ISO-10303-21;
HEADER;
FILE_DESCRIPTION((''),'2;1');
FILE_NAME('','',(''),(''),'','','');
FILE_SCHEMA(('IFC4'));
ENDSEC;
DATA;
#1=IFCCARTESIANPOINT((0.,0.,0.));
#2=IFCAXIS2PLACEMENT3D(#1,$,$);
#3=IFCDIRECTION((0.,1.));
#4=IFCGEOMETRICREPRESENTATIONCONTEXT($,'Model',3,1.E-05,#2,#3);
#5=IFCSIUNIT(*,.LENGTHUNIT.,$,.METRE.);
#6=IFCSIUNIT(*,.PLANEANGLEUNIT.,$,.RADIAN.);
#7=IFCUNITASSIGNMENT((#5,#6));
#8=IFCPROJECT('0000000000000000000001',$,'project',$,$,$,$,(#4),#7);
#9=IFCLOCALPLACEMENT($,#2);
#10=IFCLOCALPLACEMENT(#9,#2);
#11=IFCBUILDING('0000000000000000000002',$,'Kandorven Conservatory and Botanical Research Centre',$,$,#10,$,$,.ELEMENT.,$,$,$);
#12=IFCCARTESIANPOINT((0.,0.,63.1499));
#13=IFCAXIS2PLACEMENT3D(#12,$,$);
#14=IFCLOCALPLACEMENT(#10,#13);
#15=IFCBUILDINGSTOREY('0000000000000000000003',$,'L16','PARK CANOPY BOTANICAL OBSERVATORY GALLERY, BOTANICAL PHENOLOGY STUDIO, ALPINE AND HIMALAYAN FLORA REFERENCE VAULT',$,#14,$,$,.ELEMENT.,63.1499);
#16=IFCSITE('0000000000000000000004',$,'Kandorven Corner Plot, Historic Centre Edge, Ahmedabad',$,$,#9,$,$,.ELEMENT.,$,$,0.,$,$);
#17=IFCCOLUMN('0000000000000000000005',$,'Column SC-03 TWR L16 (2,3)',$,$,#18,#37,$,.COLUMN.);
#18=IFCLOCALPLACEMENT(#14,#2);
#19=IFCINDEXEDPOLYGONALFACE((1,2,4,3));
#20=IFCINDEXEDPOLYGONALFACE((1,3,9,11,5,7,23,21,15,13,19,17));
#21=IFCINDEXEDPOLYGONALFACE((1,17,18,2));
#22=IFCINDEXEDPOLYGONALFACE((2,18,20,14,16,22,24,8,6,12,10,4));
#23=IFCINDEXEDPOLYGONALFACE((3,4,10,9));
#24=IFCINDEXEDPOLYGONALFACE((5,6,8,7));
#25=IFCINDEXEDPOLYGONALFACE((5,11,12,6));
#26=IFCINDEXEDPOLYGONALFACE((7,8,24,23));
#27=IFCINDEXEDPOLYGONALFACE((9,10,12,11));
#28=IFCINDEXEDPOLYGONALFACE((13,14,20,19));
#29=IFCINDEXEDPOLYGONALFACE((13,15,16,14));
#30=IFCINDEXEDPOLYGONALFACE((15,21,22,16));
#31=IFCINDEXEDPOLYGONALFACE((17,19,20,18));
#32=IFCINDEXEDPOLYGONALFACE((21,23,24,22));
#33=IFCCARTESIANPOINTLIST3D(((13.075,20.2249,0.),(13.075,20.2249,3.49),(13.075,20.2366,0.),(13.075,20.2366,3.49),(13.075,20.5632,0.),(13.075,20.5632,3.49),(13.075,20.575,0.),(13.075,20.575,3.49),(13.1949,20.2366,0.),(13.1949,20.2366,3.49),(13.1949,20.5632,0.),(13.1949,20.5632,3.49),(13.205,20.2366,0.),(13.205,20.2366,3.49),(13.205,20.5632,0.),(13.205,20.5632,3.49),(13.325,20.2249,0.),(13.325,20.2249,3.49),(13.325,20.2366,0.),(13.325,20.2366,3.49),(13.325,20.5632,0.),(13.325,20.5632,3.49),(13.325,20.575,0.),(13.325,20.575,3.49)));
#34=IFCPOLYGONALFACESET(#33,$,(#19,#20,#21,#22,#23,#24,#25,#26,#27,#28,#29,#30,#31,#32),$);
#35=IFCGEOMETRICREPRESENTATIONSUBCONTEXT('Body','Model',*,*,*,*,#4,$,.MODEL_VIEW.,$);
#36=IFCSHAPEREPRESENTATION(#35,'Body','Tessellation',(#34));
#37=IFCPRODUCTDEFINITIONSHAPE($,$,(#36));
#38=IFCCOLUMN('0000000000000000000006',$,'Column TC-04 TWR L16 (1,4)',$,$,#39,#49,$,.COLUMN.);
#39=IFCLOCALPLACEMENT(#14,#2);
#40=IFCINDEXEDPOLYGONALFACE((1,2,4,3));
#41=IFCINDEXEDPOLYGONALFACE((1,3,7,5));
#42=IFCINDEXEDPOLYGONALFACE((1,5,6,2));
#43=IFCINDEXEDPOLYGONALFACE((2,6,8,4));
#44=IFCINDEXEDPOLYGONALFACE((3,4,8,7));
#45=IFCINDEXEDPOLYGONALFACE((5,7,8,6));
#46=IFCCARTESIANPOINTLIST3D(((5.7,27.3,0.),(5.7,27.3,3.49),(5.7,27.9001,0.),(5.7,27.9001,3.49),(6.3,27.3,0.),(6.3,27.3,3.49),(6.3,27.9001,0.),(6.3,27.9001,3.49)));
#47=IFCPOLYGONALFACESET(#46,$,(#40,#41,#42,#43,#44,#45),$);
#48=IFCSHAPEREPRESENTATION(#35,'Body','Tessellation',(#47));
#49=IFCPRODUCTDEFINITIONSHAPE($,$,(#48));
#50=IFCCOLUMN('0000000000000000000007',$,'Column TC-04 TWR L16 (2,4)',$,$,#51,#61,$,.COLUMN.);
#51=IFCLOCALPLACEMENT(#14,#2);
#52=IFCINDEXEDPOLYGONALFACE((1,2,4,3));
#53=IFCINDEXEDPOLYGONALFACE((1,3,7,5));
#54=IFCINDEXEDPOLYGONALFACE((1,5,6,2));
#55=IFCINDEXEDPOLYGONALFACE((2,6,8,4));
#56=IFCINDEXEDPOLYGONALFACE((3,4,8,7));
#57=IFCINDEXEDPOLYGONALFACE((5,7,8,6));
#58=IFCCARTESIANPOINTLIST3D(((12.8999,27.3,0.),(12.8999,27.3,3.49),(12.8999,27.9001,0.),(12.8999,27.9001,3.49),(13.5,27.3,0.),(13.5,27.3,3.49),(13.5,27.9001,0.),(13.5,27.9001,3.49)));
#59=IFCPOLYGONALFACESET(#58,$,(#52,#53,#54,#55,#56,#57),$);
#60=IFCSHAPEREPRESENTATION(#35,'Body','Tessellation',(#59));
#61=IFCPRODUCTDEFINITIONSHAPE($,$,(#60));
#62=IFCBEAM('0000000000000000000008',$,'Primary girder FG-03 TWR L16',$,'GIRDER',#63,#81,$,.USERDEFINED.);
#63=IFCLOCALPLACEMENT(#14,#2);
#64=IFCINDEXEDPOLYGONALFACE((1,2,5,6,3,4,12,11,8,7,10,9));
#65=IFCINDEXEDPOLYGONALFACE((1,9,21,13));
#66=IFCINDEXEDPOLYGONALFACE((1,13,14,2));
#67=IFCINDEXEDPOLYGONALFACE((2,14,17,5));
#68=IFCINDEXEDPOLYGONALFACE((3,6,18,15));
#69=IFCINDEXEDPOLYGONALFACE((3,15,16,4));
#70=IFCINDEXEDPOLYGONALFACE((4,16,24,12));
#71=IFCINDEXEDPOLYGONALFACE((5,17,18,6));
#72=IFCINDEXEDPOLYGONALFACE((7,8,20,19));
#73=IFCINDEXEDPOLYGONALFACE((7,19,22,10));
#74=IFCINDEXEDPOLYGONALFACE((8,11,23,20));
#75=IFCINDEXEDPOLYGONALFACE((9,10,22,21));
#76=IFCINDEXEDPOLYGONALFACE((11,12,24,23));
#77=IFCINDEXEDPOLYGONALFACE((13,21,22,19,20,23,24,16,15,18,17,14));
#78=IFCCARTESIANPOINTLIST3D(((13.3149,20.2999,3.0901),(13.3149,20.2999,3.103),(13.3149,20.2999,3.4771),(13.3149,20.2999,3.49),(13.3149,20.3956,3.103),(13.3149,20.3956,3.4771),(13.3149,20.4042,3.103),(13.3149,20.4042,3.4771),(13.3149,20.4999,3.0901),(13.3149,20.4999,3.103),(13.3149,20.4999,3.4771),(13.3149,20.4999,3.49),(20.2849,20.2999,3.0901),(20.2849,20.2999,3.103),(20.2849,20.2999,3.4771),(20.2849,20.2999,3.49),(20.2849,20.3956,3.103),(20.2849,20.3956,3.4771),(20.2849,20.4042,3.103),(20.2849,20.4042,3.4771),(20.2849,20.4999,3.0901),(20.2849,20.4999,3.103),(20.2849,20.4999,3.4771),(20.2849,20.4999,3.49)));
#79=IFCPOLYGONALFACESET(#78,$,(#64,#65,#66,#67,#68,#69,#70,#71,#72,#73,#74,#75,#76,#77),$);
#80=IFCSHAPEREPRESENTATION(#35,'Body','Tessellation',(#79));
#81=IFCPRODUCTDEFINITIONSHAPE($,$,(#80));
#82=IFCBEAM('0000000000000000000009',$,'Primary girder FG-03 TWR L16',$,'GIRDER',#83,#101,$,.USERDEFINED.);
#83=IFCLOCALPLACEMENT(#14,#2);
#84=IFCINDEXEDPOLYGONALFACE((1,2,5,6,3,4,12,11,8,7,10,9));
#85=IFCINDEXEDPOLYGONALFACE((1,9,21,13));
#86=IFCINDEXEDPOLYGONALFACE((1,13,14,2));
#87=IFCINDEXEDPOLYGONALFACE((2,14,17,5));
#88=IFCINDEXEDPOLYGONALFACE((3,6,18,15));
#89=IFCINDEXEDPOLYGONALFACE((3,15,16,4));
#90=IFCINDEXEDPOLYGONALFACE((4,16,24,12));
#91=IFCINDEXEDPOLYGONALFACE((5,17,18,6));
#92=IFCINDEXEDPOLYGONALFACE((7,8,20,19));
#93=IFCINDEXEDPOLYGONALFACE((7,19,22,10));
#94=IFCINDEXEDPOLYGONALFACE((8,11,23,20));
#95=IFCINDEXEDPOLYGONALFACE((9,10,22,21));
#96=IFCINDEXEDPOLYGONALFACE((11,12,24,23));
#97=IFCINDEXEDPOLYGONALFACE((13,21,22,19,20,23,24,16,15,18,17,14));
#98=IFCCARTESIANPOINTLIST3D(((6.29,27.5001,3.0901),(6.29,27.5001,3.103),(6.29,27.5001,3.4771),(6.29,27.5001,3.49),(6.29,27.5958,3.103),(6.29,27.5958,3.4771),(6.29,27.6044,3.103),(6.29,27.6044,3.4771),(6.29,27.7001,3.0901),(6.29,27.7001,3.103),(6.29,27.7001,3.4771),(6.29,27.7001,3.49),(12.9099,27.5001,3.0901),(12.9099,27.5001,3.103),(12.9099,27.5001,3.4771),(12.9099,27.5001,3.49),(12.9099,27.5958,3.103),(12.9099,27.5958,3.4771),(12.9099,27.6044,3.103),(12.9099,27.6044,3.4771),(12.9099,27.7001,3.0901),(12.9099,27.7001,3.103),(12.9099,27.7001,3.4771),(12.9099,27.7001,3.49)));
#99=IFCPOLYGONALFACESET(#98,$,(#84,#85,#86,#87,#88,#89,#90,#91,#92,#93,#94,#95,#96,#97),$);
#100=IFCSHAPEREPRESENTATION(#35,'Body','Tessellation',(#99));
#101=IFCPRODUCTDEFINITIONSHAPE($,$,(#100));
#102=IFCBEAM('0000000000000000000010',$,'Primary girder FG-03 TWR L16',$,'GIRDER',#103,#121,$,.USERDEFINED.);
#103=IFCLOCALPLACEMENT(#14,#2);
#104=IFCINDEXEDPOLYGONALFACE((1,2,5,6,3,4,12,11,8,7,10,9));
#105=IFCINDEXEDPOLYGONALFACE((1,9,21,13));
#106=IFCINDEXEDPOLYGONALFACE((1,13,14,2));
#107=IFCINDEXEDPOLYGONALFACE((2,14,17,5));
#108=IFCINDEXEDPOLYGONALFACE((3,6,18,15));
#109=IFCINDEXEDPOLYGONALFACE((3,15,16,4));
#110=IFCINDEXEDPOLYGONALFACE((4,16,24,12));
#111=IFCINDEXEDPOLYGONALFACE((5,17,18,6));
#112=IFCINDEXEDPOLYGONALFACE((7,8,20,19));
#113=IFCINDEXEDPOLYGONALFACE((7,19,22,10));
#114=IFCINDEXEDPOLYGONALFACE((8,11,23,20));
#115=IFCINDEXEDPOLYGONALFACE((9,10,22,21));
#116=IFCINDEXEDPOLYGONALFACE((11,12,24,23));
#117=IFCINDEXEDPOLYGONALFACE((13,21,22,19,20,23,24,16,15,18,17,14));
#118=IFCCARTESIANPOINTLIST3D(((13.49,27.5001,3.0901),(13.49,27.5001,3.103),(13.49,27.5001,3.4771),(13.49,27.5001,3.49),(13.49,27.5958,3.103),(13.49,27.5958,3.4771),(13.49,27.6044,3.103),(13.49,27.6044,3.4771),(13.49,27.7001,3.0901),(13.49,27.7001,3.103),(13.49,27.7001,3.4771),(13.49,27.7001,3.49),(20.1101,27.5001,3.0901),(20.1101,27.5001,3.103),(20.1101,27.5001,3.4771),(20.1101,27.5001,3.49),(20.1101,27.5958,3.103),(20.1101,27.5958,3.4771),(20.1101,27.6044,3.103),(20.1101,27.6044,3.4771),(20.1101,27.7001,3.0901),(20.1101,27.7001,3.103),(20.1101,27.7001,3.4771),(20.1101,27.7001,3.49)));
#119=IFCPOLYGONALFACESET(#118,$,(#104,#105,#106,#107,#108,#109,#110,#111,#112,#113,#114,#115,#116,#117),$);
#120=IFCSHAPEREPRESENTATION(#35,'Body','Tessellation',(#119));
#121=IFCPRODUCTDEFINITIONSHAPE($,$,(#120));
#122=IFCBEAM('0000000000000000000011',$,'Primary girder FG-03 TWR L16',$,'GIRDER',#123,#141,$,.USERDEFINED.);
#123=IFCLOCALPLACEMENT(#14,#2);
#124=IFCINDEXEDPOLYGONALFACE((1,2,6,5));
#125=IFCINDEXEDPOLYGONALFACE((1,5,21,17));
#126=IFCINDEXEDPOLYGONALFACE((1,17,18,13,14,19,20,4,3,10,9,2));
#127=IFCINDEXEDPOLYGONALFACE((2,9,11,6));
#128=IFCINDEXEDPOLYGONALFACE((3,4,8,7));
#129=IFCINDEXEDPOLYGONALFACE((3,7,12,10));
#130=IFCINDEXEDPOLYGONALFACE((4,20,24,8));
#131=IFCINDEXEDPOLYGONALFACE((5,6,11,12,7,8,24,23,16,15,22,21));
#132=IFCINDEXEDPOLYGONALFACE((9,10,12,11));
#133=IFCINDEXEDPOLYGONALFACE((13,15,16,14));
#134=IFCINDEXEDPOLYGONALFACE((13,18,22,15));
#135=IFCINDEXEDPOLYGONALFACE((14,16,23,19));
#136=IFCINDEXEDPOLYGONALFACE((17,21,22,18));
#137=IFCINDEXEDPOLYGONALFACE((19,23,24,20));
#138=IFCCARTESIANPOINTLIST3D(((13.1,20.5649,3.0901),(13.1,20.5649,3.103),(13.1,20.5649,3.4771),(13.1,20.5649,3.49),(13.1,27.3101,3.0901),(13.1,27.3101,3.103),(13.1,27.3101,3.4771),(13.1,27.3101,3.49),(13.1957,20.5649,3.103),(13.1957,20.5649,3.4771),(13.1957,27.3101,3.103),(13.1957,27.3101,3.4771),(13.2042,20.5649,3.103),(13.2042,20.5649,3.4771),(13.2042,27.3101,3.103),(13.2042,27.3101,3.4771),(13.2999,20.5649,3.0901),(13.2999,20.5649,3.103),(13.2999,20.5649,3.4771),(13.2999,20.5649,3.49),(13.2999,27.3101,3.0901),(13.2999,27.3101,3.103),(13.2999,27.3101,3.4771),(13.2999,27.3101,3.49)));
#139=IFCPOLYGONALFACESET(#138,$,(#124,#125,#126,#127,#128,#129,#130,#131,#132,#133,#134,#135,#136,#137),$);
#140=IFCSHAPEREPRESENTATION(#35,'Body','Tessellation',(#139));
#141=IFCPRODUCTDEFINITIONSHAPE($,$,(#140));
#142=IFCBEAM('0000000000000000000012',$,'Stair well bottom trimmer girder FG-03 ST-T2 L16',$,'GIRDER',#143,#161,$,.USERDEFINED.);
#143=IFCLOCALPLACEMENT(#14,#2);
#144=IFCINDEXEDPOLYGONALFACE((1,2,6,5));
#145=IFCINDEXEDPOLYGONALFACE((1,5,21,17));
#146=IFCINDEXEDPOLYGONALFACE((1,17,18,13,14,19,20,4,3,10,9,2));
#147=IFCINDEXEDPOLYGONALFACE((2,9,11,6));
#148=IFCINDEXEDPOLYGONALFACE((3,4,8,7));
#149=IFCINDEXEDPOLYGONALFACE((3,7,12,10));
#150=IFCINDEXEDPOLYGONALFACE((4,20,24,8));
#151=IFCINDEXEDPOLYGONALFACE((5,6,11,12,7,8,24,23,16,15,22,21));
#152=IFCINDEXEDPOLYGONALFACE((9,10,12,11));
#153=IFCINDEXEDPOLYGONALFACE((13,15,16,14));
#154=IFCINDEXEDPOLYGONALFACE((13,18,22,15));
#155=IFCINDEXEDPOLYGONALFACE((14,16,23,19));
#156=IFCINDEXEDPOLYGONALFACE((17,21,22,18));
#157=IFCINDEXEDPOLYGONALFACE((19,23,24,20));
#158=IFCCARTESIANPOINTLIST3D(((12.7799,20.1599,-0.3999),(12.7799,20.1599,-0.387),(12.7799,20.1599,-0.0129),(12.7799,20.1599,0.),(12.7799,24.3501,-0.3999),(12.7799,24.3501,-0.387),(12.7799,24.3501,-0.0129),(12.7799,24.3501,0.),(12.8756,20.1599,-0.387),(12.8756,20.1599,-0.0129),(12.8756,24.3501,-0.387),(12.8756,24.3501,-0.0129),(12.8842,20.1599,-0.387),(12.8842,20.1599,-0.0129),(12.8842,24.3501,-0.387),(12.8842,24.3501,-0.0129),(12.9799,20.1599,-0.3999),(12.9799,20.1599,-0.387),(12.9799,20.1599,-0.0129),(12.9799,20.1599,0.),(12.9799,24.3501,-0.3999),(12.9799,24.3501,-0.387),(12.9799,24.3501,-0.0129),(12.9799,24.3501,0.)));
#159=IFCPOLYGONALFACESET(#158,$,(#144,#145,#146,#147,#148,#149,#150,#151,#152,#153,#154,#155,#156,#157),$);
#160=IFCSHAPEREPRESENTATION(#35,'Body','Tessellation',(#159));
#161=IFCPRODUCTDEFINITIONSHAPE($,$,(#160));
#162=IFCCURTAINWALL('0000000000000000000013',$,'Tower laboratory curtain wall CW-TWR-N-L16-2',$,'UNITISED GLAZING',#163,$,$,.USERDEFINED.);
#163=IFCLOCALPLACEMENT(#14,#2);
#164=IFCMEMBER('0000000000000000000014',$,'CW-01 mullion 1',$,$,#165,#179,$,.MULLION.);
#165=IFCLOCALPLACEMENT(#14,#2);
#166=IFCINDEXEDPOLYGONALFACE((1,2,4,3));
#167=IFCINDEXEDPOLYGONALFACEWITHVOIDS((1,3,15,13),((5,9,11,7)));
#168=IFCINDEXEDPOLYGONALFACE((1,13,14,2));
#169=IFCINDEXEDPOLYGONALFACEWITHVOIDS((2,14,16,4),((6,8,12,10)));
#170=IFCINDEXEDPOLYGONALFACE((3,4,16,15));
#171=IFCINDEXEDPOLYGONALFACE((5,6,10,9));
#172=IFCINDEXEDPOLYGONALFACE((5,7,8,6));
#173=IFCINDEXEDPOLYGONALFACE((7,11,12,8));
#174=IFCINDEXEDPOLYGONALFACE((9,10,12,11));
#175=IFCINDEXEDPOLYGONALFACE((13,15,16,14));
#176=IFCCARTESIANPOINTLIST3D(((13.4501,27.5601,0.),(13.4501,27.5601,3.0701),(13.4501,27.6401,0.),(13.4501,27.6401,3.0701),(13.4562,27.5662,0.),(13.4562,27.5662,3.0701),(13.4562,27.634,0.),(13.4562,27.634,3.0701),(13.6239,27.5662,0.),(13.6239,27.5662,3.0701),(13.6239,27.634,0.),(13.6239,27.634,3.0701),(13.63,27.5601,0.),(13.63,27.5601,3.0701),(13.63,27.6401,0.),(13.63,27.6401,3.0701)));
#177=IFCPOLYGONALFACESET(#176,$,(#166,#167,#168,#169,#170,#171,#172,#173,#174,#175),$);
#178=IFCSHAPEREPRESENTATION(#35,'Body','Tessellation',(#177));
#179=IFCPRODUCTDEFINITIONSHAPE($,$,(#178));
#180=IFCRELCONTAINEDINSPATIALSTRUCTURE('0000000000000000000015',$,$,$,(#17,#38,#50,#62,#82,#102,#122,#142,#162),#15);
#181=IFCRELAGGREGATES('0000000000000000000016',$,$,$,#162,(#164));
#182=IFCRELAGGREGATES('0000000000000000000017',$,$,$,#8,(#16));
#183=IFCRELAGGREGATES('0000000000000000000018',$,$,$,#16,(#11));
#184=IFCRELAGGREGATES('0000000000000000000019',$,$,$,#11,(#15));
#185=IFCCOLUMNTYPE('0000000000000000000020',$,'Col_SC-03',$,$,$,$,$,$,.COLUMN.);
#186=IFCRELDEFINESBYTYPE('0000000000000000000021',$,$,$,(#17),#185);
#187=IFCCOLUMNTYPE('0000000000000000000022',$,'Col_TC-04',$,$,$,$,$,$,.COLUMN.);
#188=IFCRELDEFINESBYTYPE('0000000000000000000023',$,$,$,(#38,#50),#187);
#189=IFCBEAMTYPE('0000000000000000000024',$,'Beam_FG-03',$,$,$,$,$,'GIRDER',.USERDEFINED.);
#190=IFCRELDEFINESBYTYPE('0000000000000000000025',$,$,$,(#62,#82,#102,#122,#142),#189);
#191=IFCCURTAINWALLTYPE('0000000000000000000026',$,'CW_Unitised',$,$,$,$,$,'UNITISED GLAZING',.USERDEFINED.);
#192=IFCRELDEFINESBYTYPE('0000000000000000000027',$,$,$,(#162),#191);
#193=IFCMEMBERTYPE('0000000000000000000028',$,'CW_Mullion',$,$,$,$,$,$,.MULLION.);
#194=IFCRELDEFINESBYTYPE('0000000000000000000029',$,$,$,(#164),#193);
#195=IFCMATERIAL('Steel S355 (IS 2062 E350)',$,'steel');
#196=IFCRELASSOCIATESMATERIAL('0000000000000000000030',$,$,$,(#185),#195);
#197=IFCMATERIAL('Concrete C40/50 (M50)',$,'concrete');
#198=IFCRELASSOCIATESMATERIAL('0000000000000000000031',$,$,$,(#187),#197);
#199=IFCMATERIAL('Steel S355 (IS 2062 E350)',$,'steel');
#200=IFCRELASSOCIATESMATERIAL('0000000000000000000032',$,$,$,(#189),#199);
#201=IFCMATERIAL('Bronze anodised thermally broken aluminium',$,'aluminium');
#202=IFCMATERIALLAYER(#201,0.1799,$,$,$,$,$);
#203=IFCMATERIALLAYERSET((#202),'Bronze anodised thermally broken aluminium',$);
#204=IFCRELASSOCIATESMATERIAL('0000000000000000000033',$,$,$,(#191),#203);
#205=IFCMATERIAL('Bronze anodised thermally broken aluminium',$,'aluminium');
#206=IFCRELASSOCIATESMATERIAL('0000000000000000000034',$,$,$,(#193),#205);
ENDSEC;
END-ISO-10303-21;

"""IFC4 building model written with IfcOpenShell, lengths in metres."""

from ifc_helpers import new_model, si_unit, direction, frame, origin, origin_2d, place, context, subcontext, project, spatial, rectangle, hollow_rectangle, i_section, extrude, material, layer, layer_set, material_profile, profile_set, type_object, element, aggregate, save


model = new_model("IFC4")

# Units and contexts
model_context = context("Model", 3, precision=1e-05, world=origin(), true_north=direction((0.0, 1.0)))
body_context = subcontext(model_context, "Body", "Model", "MODEL_VIEW")
ifc_project = project(units=[si_unit("LENGTHUNIT", "METRE"), si_unit("PLANEANGLEUNIT", "RADIAN")], contexts=[model_context])

# Site, building, storey
site_placement = place(None, origin())
site = spatial("IfcSite", under=ifc_project, at=site_placement, Name="Kandorven Corner Plot, Historic Centre Edge, Ahmedabad", CompositionType="ELEMENT", RefElevation=0.0)
building_placement = place(site_placement, origin())
building = spatial("IfcBuilding", under=site, at=building_placement, Name="Kandorven Conservatory and Botanical Research Centre", CompositionType="ELEMENT")
storey_placement = place(building_placement, frame((0.0, 0.0, 63.1499)))
storey = spatial("IfcBuildingStorey", under=building, at=storey_placement, Name="L16", Description="PARK CANOPY BOTANICAL OBSERVATORY GALLERY, BOTANICAL PHENOLOGY STUDIO, ALPINE AND HIMALAYAN FLORA REFERENCE VAULT", CompositionType="ELEMENT", Elevation=63.1499)

# Columns
ifc_material_1 = material(Name="Steel S355 (IS 2062 E350)", Category="steel")
ifc_material_profile_1 = material_profile(ifc_material_1, i_section(OverallWidth=0.25, OverallDepth=0.3501, WebThickness=0.01, FlangeThickness=0.0117, at=origin_2d()))
ifc_profile_set_1 = profile_set([ifc_material_profile_1], Name="Steel S355 (IS 2062 E350)")
column_type_1 = type_object("IfcColumnType", Name="Col_SC-03", PredefinedType="COLUMN", material=ifc_profile_set_1)
column_placement = place(storey_placement, frame((13.2, 20.3999, 0.0), z_axis=(0.0, 0.0, 1.0), x_axis=(1.0, 0.0, 0.0)))
element("IfcColumn", 1, at=column_placement, inside=storey, type_object=column_type_1, Name="Column SC-03 TWR L16 (2,3)", PredefinedType="COLUMN", context=body_context, shape_type="SweptSolid", body=[
    extrude(i_section(OverallWidth=0.25, OverallDepth=0.3501, WebThickness=0.01, FlangeThickness=0.0117, at=origin_2d()), origin(), (0.0, 0.0, 1.0), 3.49),
])
ifc_material_2 = material(Name="Concrete C40/50 (M50)", Category="concrete")
ifc_material_profile_2 = material_profile(ifc_material_2, rectangle(XDim=0.6001, YDim=0.6001, at=origin_2d()))
ifc_profile_set_2 = profile_set([ifc_material_profile_2], Name="Concrete C40/50 (M50)")
column_type_2 = type_object("IfcColumnType", Name="Col_TC-04", PredefinedType="COLUMN", material=ifc_profile_set_2)
for number, where, z_axis, x_axis, name in (
    (2, (6.0, 27.6001, 0.0), (0.0, 0.0, 1.0), (1.0, 0.0, 0.0), "Column TC-04 TWR L16 (1,4)"),
    (3, (13.2, 27.6001, 0.0), (0.0, 0.0, 1.0), (1.0, 0.0, 0.0), "Column TC-04 TWR L16 (2,4)"),
):
    element("IfcColumn", number, at=place(storey_placement, frame(where, z_axis=z_axis, x_axis=x_axis)), inside=storey, type_object=column_type_2, Name=name, PredefinedType="COLUMN", context=body_context, shape_type="SweptSolid", body=[
        extrude(rectangle(XDim=0.6001, YDim=0.6001, at=origin_2d()), origin(), (0.0, 0.0, 1.0), 3.49),
    ])

# Beams
ifc_material_3 = material(Name="Steel S355 (IS 2062 E350)", Category="steel")
ifc_material_profile_3 = material_profile(ifc_material_3, i_section(OverallWidth=0.2, OverallDepth=0.3999, WebThickness=0.0085, FlangeThickness=0.0129, at=origin_2d()))
ifc_profile_set_3 = profile_set([ifc_material_profile_3], Name="Steel S355 (IS 2062 E350)")
beam_type = type_object("IfcBeamType", Name="Beam_FG-03", ElementType="GIRDER", PredefinedType="USERDEFINED", material=ifc_profile_set_3)
beam_1_placement = place(storey_placement, frame((13.3149, 20.3999, 3.29), z_axis=(1.0, 0.0, 0.0), x_axis=(0.0, 1.0, 0.0)))
element("IfcBeam", 4, at=beam_1_placement, inside=storey, type_object=beam_type, Name="Primary girder FG-03 TWR L16", ObjectType="GIRDER", PredefinedType="USERDEFINED", context=body_context, shape_type="SweptSolid", body=[
    extrude(i_section(OverallWidth=0.2, OverallDepth=0.3999, WebThickness=0.0085, FlangeThickness=0.0129, at=origin_2d()), origin(), (0.0, 0.0, 1.0), 6.97),
])
beam_2_placement = place(storey_placement, frame((6.29, 27.6001, 3.29), z_axis=(1.0, 0.0, 0.0), x_axis=(0.0, 1.0, 0.0)))
element("IfcBeam", 5, at=beam_2_placement, inside=storey, type_object=beam_type, Name="Primary girder FG-03 TWR L16", ObjectType="GIRDER", PredefinedType="USERDEFINED", context=body_context, shape_type="SweptSolid", body=[
    extrude(i_section(OverallWidth=0.2, OverallDepth=0.3999, WebThickness=0.0085, FlangeThickness=0.0129, at=origin_2d()), origin(), (0.0, 0.0, 1.0), 6.6199),
])
beam_3_placement = place(storey_placement, frame((13.49, 27.6001, 3.29), z_axis=(1.0, 0.0, 0.0), x_axis=(0.0, 1.0, 0.0)))
element("IfcBeam", 6, at=beam_3_placement, inside=storey, type_object=beam_type, Name="Primary girder FG-03 TWR L16", ObjectType="GIRDER", PredefinedType="USERDEFINED", context=body_context, shape_type="SweptSolid", body=[
    extrude(i_section(OverallWidth=0.2, OverallDepth=0.3999, WebThickness=0.0085, FlangeThickness=0.0129, at=origin_2d()), origin(), (0.0, 0.0, 1.0), 6.6201),
])
beam_4_placement = place(storey_placement, frame((13.2, 20.5649, 3.29), z_axis=(0.0, 1.0, 0.0), x_axis=(-1.0, 0.0, 0.0)))
element("IfcBeam", 7, at=beam_4_placement, inside=storey, type_object=beam_type, Name="Primary girder FG-03 TWR L16", ObjectType="GIRDER", PredefinedType="USERDEFINED", context=body_context, shape_type="SweptSolid", body=[
    extrude(i_section(OverallWidth=0.2, OverallDepth=0.3999, WebThickness=0.0085, FlangeThickness=0.0129, at=origin_2d()), origin(), (0.0, 0.0, 1.0), 6.7451),
])
beam_5_placement = place(storey_placement, frame((12.8799, 24.3501, -0.2), z_axis=(0.0, -1.0, 0.0), x_axis=(1.0, 0.0, 0.0)))
element("IfcBeam", 8, at=beam_5_placement, inside=storey, type_object=beam_type, Name="Stair well bottom trimmer girder FG-03 ST-T2 L16", ObjectType="GIRDER", PredefinedType="USERDEFINED", context=body_context, shape_type="SweptSolid", body=[
    extrude(i_section(OverallWidth=0.2, OverallDepth=0.3999, WebThickness=0.0085, FlangeThickness=0.0129, at=origin_2d()), origin(), (0.0, 0.0, 1.0), 4.1902),
])

# Curtain wall, member
ifc_material_4 = material(Name="Bronze anodised thermally broken aluminium", Category="aluminium")
ifc_layer_1 = layer(ifc_material_4, 0.1799)
ifc_layer_set_1 = layer_set([ifc_layer_1], Name="Bronze anodised thermally broken aluminium")
curtain_wall_type = type_object("IfcCurtainWallType", Name="CW_Unitised", ElementType="UNITISED GLAZING", PredefinedType="USERDEFINED", material=ifc_layer_set_1)
curtain_wall_1_placement = place(storey_placement, origin())
curtain_wall_1 = element("IfcCurtainWall", 9, at=curtain_wall_1_placement, inside=storey, type_object=curtain_wall_type, Name="Tower laboratory curtain wall CW-TWR-N-L16-2", ObjectType="UNITISED GLAZING", PredefinedType="USERDEFINED")
ifc_material_5 = material(Name="Bronze anodised thermally broken aluminium", Category="aluminium")
ifc_material_profile_4 = material_profile(ifc_material_5, hollow_rectangle(XDim=0.0801, YDim=0.1799, WallThickness=0.0061, at=origin_2d()))
ifc_profile_set_4 = profile_set([ifc_material_profile_4], Name="Bronze anodised thermally broken aluminium")
member_type_1 = type_object("IfcMemberType", Name="CW_Mullion", PredefinedType="MULLION", material=ifc_profile_set_4)
member_1_placement = place(storey_placement, frame((13.54, 27.6001, 0.0), z_axis=(0.0, 0.0, 1.0), x_axis=(0.0, 1.0, 0.0)))
member_1 = element("IfcMember", 10, at=member_1_placement, type_object=member_type_1, Name="CW-01 mullion 1", PredefinedType="MULLION", context=body_context, shape_type="SweptSolid", body=[
    extrude(hollow_rectangle(XDim=0.0801, YDim=0.1799, WallThickness=0.0061, at=origin_2d()), origin(), (0.0, 0.0, 1.0), 3.0701),
])

aggregate(curtain_wall_1, [member_1])

save(model, "model.ifc")
